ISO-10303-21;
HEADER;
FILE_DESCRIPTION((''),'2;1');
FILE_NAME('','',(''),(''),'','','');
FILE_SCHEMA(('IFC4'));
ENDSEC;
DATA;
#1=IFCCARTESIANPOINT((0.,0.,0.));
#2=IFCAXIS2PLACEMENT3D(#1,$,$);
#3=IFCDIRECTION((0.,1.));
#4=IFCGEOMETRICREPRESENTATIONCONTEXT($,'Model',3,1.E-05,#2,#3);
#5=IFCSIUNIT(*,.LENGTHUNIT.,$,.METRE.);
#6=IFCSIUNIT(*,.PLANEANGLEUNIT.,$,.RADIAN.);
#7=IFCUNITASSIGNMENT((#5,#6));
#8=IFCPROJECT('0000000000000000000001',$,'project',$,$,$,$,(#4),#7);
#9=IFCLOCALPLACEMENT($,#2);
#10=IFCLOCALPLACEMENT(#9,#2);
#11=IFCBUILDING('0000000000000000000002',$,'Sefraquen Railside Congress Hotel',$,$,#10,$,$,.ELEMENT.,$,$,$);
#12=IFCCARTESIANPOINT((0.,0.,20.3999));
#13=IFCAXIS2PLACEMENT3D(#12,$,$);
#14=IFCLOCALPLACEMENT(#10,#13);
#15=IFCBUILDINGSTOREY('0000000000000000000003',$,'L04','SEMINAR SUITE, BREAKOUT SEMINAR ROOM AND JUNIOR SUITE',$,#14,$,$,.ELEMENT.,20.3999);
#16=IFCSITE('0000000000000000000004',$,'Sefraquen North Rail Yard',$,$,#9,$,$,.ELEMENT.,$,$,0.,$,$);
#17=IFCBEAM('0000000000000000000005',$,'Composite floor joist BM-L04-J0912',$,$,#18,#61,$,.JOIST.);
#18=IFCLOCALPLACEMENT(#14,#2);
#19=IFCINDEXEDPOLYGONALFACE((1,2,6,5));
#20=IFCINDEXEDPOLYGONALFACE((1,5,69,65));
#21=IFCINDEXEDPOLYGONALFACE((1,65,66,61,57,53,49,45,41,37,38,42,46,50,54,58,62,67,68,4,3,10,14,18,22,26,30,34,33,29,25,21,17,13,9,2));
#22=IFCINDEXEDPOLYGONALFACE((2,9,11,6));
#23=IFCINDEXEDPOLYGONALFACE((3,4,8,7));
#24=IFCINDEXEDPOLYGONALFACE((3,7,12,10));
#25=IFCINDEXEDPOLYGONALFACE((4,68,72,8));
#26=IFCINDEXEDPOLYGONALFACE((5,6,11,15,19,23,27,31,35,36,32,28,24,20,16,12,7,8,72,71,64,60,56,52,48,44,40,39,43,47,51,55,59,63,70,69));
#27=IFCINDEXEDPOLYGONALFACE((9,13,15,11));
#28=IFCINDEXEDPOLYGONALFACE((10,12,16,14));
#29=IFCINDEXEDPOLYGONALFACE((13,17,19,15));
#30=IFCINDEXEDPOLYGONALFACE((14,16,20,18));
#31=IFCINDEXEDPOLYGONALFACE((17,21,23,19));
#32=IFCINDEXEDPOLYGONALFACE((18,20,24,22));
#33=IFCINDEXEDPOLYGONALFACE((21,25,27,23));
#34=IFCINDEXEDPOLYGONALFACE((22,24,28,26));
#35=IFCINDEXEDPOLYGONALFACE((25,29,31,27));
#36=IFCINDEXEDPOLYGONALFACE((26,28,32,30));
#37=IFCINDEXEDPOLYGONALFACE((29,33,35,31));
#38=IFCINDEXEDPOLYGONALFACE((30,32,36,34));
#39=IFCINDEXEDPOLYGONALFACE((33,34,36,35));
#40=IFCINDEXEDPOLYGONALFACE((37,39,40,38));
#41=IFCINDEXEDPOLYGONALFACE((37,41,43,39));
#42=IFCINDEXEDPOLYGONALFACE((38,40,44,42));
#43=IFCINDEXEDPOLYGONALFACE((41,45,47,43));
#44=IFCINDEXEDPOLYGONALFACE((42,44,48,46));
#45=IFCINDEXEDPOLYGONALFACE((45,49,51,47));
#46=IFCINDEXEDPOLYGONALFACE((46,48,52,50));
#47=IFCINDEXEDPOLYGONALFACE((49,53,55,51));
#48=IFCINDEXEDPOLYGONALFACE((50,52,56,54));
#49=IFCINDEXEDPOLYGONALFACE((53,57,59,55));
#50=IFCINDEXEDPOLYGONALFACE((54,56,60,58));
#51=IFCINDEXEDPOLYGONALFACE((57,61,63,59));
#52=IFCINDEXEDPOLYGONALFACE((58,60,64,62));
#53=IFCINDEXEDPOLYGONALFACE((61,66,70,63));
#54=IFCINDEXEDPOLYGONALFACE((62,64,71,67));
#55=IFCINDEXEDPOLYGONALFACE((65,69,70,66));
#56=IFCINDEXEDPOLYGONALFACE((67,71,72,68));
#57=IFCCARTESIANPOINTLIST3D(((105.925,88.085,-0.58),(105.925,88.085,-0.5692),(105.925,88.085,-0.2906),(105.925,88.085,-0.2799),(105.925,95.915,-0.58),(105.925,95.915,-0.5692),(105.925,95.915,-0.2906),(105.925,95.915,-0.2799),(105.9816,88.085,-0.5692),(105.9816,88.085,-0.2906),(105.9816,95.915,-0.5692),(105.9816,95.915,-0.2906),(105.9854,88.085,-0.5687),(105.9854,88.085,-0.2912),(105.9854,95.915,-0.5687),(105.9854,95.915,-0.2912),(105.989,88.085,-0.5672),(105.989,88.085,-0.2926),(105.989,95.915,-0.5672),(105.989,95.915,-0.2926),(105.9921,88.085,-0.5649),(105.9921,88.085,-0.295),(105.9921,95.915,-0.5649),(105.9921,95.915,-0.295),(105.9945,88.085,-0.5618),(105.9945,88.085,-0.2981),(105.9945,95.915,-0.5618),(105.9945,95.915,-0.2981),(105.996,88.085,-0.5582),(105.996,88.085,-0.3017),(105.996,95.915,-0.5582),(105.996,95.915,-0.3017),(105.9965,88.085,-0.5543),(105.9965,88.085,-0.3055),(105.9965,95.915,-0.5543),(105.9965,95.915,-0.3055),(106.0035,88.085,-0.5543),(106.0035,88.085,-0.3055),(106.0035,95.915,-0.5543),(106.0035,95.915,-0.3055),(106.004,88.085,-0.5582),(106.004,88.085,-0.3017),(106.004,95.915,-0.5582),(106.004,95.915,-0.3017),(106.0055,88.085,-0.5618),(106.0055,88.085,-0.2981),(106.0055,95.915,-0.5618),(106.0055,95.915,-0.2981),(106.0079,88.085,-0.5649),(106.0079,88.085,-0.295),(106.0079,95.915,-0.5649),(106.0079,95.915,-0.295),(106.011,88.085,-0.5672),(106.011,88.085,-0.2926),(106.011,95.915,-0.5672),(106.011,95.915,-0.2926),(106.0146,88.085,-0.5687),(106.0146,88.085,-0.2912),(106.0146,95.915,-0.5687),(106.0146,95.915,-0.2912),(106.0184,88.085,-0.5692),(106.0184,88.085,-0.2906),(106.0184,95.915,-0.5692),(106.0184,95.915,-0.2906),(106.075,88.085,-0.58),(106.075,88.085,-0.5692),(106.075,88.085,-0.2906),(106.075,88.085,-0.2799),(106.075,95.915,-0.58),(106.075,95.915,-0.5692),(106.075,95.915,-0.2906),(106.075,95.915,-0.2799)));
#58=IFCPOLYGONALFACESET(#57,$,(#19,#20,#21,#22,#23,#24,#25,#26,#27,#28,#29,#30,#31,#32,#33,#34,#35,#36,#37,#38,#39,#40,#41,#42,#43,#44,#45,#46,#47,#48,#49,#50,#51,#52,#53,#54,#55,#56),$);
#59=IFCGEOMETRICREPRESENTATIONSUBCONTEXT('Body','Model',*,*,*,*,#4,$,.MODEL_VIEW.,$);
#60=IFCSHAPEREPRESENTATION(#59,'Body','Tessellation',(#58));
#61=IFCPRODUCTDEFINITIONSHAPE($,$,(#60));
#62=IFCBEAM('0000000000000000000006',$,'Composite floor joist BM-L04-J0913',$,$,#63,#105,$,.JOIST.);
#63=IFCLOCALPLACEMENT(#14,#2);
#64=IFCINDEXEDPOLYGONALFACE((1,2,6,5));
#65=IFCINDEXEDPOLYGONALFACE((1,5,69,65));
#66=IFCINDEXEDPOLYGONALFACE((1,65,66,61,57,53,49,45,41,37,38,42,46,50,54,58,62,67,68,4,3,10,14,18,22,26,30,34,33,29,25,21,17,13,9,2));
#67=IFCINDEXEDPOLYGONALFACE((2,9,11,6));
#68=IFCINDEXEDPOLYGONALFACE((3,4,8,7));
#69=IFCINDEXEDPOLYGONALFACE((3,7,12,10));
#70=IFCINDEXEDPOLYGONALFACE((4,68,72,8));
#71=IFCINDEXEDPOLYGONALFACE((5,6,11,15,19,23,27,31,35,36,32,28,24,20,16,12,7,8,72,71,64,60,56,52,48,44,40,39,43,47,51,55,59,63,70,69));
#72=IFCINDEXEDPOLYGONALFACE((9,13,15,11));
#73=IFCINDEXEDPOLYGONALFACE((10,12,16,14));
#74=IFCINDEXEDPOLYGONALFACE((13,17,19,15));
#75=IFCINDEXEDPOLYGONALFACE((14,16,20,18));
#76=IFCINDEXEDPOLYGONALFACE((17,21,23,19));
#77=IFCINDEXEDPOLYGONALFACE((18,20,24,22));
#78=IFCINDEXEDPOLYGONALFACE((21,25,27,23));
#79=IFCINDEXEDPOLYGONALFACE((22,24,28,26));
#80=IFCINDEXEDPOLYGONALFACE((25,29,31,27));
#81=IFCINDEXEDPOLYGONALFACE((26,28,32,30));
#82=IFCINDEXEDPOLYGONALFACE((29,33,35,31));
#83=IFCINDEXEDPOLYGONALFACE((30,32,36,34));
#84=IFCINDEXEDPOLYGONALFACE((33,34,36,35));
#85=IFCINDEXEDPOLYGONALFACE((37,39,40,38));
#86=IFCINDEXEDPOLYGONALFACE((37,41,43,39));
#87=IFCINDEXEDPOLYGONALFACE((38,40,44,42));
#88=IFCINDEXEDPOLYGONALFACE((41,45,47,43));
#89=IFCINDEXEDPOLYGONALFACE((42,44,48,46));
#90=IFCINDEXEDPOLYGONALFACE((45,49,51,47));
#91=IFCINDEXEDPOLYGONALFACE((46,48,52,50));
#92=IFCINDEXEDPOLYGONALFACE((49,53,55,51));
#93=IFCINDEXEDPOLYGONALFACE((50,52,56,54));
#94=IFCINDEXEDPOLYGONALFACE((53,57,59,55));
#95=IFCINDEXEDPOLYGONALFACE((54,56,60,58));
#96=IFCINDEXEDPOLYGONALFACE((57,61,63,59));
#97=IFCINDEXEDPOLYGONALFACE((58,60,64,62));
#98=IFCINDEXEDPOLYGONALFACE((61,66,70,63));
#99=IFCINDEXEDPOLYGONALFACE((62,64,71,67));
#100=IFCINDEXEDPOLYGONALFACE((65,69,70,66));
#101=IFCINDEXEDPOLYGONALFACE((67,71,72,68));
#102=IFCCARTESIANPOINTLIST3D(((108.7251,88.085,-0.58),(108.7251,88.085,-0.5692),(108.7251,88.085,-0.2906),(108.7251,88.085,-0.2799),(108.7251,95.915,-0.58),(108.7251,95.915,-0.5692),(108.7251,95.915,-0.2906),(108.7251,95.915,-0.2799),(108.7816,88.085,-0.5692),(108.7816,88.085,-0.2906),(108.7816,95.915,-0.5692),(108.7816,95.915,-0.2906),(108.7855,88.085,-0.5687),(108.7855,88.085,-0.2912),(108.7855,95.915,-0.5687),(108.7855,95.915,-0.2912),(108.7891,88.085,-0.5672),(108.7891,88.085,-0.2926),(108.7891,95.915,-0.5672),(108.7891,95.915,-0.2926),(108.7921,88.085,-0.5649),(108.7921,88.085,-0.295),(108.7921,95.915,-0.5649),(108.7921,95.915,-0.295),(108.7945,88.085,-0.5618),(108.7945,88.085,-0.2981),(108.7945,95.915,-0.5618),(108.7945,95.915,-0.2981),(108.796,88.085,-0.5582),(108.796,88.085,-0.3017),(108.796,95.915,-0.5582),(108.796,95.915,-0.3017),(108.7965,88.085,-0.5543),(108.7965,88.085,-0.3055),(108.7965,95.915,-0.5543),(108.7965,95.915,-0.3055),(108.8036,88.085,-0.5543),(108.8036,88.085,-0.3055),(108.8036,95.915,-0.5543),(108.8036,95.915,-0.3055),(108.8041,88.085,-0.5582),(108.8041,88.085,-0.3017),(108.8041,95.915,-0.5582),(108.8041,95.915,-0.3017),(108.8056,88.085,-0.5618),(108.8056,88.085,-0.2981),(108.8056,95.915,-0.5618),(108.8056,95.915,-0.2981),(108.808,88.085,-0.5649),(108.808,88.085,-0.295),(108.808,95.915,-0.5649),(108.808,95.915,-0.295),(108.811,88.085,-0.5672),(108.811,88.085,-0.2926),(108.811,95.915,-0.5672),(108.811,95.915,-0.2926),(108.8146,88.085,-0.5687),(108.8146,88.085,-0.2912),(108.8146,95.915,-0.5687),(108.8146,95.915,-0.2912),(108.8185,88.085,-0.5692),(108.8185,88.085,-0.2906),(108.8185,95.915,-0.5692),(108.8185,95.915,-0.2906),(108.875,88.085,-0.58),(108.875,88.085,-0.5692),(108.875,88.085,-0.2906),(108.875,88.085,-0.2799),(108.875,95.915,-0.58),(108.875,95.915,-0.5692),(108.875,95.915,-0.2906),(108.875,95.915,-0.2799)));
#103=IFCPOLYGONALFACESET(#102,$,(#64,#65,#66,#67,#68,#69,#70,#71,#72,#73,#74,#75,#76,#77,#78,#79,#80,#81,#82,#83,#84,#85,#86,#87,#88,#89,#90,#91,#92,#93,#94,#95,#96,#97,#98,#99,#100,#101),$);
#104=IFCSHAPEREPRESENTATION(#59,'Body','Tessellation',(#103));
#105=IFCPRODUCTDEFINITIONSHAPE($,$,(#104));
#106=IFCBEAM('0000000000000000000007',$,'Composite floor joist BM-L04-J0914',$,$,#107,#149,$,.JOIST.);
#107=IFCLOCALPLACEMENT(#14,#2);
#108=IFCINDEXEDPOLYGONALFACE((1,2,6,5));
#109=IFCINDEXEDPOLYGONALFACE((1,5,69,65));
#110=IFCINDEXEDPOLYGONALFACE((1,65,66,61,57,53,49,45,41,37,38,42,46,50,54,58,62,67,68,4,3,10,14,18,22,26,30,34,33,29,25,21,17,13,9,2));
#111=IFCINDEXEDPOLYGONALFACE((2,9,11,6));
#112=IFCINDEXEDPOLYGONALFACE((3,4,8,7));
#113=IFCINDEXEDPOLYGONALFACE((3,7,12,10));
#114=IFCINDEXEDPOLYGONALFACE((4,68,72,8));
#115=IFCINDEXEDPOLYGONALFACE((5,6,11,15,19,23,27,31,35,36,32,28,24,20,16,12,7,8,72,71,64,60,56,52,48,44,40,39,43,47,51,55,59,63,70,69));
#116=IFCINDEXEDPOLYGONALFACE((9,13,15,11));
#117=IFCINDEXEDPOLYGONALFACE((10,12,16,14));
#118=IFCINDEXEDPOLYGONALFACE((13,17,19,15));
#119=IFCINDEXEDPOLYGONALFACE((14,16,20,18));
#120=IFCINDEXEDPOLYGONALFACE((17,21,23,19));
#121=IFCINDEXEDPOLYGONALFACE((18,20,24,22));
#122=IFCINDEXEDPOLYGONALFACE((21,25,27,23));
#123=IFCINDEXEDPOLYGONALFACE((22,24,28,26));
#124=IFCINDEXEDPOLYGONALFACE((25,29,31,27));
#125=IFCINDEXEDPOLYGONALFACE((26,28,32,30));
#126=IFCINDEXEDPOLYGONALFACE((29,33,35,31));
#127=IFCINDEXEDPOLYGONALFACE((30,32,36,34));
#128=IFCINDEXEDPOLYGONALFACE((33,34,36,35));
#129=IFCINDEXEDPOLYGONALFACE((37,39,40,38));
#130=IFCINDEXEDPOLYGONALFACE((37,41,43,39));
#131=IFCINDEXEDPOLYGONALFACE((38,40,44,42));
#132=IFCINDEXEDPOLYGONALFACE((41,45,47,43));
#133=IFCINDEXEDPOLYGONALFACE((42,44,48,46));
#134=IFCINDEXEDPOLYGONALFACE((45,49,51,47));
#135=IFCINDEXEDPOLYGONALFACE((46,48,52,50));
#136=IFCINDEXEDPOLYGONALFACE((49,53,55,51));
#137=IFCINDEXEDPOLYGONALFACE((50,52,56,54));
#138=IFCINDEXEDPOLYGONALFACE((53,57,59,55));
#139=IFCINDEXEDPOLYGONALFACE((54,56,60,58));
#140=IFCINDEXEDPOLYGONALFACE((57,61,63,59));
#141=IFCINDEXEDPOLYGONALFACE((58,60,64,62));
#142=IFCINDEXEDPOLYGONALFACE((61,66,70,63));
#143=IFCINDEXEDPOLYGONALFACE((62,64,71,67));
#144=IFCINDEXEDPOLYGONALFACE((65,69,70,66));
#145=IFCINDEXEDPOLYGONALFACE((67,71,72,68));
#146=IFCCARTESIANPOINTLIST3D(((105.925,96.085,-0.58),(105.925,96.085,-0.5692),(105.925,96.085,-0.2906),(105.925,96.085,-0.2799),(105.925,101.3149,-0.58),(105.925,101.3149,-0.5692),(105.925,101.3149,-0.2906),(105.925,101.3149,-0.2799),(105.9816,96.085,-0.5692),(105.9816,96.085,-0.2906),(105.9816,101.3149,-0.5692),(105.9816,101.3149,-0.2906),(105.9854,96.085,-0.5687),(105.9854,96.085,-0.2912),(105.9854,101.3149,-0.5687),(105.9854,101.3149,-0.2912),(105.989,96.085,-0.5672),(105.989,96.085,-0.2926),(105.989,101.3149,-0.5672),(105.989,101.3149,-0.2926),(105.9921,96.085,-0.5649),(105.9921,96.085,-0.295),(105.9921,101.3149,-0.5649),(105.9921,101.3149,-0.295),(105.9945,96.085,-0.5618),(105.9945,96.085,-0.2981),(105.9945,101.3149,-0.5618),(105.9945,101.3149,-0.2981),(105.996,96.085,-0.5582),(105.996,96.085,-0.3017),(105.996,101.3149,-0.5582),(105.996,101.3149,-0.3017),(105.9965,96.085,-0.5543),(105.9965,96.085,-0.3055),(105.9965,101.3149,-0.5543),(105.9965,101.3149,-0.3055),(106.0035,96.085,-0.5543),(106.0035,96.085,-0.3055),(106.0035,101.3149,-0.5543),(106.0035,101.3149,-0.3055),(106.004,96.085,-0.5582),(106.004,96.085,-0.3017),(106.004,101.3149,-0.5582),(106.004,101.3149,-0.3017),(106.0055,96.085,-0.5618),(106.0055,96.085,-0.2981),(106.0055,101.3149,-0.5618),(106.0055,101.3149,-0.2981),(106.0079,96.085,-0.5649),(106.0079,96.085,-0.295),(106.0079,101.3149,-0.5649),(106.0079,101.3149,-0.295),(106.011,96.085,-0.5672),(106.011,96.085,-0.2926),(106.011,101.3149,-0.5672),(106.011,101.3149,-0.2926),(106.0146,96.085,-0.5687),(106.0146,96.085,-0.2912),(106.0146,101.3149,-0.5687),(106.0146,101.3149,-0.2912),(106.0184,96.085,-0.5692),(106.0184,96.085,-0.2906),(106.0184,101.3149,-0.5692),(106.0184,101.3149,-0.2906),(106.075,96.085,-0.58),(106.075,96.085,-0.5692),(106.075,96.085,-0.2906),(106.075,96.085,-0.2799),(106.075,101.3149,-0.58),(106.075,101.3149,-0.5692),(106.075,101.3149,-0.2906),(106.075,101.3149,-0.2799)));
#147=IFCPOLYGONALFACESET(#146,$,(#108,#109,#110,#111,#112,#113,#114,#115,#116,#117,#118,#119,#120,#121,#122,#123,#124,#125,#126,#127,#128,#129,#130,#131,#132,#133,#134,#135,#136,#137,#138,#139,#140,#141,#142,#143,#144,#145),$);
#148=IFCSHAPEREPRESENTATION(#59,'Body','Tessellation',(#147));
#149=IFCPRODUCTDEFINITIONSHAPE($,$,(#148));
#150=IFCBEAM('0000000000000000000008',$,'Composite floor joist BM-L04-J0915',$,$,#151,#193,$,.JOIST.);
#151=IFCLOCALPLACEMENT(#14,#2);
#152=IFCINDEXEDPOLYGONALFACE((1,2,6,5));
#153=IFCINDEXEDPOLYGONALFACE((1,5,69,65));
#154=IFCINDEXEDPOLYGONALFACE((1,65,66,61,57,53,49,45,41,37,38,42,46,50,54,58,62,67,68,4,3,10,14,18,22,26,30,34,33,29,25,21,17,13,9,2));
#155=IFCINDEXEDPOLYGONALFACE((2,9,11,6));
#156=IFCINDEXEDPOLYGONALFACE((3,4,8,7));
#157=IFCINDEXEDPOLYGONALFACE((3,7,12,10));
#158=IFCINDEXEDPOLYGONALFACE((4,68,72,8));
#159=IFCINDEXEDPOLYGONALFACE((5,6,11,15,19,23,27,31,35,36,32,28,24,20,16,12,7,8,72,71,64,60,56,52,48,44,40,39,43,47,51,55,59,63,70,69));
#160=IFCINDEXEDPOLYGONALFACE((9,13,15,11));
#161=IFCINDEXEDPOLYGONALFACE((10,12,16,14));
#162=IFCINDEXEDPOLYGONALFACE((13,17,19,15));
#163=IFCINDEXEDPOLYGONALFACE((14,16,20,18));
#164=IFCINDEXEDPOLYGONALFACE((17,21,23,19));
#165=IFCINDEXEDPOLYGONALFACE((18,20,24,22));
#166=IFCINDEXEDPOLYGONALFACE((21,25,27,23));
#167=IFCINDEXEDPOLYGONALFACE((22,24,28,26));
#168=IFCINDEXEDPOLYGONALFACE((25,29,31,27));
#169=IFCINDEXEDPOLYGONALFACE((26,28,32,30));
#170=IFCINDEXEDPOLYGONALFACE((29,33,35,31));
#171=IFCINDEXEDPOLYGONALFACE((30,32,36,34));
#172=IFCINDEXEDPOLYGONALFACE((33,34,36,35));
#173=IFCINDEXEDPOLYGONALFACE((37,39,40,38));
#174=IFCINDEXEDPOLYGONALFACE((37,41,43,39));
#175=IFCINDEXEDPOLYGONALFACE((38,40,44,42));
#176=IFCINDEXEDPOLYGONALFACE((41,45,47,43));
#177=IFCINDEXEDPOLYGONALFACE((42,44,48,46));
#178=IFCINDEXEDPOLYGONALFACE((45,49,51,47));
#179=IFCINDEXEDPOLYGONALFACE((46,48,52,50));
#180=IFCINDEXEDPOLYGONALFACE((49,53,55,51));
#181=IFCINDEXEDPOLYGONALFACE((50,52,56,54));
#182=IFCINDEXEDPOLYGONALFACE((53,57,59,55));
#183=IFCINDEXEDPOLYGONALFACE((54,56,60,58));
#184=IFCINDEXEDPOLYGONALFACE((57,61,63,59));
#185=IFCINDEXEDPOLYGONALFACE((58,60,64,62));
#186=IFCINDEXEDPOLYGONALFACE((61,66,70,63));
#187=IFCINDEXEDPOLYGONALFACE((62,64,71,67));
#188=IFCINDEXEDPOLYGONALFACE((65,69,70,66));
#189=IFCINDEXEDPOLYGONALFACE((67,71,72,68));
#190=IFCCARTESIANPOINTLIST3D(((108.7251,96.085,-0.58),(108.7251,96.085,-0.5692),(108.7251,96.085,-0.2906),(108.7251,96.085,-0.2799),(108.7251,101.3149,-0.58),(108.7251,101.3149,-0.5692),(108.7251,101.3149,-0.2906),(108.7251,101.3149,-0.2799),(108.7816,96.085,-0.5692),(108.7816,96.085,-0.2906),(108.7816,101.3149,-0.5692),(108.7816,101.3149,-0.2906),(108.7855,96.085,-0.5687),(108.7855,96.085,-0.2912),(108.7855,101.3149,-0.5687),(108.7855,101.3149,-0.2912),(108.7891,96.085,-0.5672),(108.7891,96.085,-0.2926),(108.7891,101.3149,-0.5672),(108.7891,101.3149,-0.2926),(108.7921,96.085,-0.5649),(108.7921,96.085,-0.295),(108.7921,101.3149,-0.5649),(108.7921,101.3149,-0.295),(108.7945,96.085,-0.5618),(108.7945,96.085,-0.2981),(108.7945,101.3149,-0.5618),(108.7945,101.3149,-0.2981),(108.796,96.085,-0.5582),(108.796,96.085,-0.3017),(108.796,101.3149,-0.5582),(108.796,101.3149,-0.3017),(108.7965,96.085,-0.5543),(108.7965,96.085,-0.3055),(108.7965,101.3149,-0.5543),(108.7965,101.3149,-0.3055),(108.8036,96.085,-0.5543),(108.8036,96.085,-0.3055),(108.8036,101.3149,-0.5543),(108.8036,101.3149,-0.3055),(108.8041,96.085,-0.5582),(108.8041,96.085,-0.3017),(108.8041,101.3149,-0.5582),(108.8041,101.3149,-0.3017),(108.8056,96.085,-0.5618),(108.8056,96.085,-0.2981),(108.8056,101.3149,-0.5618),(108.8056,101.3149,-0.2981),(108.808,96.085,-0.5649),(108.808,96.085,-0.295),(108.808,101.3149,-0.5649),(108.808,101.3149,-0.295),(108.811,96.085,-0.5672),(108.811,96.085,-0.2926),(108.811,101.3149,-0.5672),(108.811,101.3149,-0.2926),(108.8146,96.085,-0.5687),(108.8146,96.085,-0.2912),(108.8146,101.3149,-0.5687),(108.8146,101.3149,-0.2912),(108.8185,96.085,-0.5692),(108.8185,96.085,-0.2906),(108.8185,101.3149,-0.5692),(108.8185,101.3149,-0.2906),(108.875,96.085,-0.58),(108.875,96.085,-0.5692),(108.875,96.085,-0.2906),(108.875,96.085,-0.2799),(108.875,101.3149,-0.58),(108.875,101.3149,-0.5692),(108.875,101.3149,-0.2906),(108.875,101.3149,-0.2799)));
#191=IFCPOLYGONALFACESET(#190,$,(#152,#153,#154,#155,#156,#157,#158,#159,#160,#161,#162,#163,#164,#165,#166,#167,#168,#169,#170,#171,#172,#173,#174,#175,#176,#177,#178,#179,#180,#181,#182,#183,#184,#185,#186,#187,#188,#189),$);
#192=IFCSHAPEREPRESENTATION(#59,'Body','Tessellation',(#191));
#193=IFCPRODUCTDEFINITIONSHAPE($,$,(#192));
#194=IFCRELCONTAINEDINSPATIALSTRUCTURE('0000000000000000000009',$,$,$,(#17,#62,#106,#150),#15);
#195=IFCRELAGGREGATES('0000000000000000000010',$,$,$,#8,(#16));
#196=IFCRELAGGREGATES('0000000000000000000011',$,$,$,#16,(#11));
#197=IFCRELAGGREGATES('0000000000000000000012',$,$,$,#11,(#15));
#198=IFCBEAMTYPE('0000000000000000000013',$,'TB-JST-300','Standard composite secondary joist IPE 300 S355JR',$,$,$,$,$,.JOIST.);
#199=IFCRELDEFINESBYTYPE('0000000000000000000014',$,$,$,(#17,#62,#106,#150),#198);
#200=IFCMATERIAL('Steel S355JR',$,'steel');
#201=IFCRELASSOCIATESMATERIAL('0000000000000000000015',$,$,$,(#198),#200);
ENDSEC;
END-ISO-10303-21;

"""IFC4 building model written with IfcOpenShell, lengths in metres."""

from ifc_helpers import new_model, si_unit, direction, frame, origin, origin_2d, place, context, subcontext, project, spatial, i_section, extrude, material, material_profile, profile_set, type_object, element, save


model = new_model("IFC4")

# Units and contexts
model_context = context("Model", 3, precision=1e-05, world=origin(), true_north=direction((0.0, 1.0)))
body_context = subcontext(model_context, "Body", "Model", "MODEL_VIEW")
ifc_project = project(units=[si_unit("LENGTHUNIT", "METRE"), si_unit("PLANEANGLEUNIT", "RADIAN")], contexts=[model_context])

# Site, building, storey
site_placement = place(None, origin())
site = spatial("IfcSite", under=ifc_project, at=site_placement, Name="Sefraquen North Rail Yard", CompositionType="ELEMENT", RefElevation=0.0)
building_placement = place(site_placement, origin())
building = spatial("IfcBuilding", under=site, at=building_placement, Name="Sefraquen Railside Congress Hotel", CompositionType="ELEMENT")
storey_placement = place(building_placement, frame((0.0, 0.0, 20.3999)))
storey = spatial("IfcBuildingStorey", under=building, at=storey_placement, Name="L04", Description="SEMINAR SUITE, BREAKOUT SEMINAR ROOM AND JUNIOR SUITE", CompositionType="ELEMENT", Elevation=20.3999)

# Shared definitions
ifc_material_1 = material(Name="Steel S355JR", Category="steel")

# Beams
ifc_material_profile_1 = material_profile(ifc_material_1, i_section(OverallWidth=0.1499, OverallDepth=0.3, WebThickness=0.0071, FlangeThickness=0.0107, FilletRadius=0.0149, at=origin_2d()), Name="IPE 300")
ifc_profile_set_1 = profile_set([ifc_material_profile_1], Name="Steel S355JR")
beam_type_1 = type_object("IfcBeamType", Name="TB-JST-300", Description="Standard composite secondary joist IPE 300 S355JR", PredefinedType="JOIST", material=ifc_profile_set_1)
for number, where, z_axis, x_axis, name in (
    (1, (106.0, 88.085, -0.4299), (0.0, 1.0, 0.0), (-1.0, 0.0, 0.0), "Composite floor joist BM-L04-J0912"),
    (2, (108.8, 88.085, -0.4299), (0.0, 1.0, 0.0), (-1.0, 0.0, 0.0), "Composite floor joist BM-L04-J0913"),
):
    element("IfcBeam", number, at=place(storey_placement, frame(where, z_axis=z_axis, x_axis=x_axis)), inside=storey, type_object=beam_type_1, Name=name, PredefinedType="JOIST", context=body_context, shape_type="SweptSolid", body=[
        extrude(i_section(OverallWidth=0.1499, OverallDepth=0.3, WebThickness=0.0071, FlangeThickness=0.0107, FilletRadius=0.0149, at=origin_2d()), origin(), (0.0, 0.0, 1.0), 7.8301),
    ])
for number, where, z_axis, x_axis, name in (
    (3, (106.0, 96.085, -0.4299), (0.0, 1.0, 0.0), (-1.0, 0.0, 0.0), "Composite floor joist BM-L04-J0914"),
    (4, (108.8, 96.085, -0.4299), (0.0, 1.0, 0.0), (-1.0, 0.0, 0.0), "Composite floor joist BM-L04-J0915"),
):
    element("IfcBeam", number, at=place(storey_placement, frame(where, z_axis=z_axis, x_axis=x_axis)), inside=storey, type_object=beam_type_1, Name=name, PredefinedType="JOIST", context=body_context, shape_type="SweptSolid", body=[
        extrude(i_section(OverallWidth=0.1499, OverallDepth=0.3, WebThickness=0.0071, FlangeThickness=0.0107, FilletRadius=0.0149, at=origin_2d()), origin(), (0.0, 0.0, 1.0), 5.23),
    ])

save(model, "model.ifc")
